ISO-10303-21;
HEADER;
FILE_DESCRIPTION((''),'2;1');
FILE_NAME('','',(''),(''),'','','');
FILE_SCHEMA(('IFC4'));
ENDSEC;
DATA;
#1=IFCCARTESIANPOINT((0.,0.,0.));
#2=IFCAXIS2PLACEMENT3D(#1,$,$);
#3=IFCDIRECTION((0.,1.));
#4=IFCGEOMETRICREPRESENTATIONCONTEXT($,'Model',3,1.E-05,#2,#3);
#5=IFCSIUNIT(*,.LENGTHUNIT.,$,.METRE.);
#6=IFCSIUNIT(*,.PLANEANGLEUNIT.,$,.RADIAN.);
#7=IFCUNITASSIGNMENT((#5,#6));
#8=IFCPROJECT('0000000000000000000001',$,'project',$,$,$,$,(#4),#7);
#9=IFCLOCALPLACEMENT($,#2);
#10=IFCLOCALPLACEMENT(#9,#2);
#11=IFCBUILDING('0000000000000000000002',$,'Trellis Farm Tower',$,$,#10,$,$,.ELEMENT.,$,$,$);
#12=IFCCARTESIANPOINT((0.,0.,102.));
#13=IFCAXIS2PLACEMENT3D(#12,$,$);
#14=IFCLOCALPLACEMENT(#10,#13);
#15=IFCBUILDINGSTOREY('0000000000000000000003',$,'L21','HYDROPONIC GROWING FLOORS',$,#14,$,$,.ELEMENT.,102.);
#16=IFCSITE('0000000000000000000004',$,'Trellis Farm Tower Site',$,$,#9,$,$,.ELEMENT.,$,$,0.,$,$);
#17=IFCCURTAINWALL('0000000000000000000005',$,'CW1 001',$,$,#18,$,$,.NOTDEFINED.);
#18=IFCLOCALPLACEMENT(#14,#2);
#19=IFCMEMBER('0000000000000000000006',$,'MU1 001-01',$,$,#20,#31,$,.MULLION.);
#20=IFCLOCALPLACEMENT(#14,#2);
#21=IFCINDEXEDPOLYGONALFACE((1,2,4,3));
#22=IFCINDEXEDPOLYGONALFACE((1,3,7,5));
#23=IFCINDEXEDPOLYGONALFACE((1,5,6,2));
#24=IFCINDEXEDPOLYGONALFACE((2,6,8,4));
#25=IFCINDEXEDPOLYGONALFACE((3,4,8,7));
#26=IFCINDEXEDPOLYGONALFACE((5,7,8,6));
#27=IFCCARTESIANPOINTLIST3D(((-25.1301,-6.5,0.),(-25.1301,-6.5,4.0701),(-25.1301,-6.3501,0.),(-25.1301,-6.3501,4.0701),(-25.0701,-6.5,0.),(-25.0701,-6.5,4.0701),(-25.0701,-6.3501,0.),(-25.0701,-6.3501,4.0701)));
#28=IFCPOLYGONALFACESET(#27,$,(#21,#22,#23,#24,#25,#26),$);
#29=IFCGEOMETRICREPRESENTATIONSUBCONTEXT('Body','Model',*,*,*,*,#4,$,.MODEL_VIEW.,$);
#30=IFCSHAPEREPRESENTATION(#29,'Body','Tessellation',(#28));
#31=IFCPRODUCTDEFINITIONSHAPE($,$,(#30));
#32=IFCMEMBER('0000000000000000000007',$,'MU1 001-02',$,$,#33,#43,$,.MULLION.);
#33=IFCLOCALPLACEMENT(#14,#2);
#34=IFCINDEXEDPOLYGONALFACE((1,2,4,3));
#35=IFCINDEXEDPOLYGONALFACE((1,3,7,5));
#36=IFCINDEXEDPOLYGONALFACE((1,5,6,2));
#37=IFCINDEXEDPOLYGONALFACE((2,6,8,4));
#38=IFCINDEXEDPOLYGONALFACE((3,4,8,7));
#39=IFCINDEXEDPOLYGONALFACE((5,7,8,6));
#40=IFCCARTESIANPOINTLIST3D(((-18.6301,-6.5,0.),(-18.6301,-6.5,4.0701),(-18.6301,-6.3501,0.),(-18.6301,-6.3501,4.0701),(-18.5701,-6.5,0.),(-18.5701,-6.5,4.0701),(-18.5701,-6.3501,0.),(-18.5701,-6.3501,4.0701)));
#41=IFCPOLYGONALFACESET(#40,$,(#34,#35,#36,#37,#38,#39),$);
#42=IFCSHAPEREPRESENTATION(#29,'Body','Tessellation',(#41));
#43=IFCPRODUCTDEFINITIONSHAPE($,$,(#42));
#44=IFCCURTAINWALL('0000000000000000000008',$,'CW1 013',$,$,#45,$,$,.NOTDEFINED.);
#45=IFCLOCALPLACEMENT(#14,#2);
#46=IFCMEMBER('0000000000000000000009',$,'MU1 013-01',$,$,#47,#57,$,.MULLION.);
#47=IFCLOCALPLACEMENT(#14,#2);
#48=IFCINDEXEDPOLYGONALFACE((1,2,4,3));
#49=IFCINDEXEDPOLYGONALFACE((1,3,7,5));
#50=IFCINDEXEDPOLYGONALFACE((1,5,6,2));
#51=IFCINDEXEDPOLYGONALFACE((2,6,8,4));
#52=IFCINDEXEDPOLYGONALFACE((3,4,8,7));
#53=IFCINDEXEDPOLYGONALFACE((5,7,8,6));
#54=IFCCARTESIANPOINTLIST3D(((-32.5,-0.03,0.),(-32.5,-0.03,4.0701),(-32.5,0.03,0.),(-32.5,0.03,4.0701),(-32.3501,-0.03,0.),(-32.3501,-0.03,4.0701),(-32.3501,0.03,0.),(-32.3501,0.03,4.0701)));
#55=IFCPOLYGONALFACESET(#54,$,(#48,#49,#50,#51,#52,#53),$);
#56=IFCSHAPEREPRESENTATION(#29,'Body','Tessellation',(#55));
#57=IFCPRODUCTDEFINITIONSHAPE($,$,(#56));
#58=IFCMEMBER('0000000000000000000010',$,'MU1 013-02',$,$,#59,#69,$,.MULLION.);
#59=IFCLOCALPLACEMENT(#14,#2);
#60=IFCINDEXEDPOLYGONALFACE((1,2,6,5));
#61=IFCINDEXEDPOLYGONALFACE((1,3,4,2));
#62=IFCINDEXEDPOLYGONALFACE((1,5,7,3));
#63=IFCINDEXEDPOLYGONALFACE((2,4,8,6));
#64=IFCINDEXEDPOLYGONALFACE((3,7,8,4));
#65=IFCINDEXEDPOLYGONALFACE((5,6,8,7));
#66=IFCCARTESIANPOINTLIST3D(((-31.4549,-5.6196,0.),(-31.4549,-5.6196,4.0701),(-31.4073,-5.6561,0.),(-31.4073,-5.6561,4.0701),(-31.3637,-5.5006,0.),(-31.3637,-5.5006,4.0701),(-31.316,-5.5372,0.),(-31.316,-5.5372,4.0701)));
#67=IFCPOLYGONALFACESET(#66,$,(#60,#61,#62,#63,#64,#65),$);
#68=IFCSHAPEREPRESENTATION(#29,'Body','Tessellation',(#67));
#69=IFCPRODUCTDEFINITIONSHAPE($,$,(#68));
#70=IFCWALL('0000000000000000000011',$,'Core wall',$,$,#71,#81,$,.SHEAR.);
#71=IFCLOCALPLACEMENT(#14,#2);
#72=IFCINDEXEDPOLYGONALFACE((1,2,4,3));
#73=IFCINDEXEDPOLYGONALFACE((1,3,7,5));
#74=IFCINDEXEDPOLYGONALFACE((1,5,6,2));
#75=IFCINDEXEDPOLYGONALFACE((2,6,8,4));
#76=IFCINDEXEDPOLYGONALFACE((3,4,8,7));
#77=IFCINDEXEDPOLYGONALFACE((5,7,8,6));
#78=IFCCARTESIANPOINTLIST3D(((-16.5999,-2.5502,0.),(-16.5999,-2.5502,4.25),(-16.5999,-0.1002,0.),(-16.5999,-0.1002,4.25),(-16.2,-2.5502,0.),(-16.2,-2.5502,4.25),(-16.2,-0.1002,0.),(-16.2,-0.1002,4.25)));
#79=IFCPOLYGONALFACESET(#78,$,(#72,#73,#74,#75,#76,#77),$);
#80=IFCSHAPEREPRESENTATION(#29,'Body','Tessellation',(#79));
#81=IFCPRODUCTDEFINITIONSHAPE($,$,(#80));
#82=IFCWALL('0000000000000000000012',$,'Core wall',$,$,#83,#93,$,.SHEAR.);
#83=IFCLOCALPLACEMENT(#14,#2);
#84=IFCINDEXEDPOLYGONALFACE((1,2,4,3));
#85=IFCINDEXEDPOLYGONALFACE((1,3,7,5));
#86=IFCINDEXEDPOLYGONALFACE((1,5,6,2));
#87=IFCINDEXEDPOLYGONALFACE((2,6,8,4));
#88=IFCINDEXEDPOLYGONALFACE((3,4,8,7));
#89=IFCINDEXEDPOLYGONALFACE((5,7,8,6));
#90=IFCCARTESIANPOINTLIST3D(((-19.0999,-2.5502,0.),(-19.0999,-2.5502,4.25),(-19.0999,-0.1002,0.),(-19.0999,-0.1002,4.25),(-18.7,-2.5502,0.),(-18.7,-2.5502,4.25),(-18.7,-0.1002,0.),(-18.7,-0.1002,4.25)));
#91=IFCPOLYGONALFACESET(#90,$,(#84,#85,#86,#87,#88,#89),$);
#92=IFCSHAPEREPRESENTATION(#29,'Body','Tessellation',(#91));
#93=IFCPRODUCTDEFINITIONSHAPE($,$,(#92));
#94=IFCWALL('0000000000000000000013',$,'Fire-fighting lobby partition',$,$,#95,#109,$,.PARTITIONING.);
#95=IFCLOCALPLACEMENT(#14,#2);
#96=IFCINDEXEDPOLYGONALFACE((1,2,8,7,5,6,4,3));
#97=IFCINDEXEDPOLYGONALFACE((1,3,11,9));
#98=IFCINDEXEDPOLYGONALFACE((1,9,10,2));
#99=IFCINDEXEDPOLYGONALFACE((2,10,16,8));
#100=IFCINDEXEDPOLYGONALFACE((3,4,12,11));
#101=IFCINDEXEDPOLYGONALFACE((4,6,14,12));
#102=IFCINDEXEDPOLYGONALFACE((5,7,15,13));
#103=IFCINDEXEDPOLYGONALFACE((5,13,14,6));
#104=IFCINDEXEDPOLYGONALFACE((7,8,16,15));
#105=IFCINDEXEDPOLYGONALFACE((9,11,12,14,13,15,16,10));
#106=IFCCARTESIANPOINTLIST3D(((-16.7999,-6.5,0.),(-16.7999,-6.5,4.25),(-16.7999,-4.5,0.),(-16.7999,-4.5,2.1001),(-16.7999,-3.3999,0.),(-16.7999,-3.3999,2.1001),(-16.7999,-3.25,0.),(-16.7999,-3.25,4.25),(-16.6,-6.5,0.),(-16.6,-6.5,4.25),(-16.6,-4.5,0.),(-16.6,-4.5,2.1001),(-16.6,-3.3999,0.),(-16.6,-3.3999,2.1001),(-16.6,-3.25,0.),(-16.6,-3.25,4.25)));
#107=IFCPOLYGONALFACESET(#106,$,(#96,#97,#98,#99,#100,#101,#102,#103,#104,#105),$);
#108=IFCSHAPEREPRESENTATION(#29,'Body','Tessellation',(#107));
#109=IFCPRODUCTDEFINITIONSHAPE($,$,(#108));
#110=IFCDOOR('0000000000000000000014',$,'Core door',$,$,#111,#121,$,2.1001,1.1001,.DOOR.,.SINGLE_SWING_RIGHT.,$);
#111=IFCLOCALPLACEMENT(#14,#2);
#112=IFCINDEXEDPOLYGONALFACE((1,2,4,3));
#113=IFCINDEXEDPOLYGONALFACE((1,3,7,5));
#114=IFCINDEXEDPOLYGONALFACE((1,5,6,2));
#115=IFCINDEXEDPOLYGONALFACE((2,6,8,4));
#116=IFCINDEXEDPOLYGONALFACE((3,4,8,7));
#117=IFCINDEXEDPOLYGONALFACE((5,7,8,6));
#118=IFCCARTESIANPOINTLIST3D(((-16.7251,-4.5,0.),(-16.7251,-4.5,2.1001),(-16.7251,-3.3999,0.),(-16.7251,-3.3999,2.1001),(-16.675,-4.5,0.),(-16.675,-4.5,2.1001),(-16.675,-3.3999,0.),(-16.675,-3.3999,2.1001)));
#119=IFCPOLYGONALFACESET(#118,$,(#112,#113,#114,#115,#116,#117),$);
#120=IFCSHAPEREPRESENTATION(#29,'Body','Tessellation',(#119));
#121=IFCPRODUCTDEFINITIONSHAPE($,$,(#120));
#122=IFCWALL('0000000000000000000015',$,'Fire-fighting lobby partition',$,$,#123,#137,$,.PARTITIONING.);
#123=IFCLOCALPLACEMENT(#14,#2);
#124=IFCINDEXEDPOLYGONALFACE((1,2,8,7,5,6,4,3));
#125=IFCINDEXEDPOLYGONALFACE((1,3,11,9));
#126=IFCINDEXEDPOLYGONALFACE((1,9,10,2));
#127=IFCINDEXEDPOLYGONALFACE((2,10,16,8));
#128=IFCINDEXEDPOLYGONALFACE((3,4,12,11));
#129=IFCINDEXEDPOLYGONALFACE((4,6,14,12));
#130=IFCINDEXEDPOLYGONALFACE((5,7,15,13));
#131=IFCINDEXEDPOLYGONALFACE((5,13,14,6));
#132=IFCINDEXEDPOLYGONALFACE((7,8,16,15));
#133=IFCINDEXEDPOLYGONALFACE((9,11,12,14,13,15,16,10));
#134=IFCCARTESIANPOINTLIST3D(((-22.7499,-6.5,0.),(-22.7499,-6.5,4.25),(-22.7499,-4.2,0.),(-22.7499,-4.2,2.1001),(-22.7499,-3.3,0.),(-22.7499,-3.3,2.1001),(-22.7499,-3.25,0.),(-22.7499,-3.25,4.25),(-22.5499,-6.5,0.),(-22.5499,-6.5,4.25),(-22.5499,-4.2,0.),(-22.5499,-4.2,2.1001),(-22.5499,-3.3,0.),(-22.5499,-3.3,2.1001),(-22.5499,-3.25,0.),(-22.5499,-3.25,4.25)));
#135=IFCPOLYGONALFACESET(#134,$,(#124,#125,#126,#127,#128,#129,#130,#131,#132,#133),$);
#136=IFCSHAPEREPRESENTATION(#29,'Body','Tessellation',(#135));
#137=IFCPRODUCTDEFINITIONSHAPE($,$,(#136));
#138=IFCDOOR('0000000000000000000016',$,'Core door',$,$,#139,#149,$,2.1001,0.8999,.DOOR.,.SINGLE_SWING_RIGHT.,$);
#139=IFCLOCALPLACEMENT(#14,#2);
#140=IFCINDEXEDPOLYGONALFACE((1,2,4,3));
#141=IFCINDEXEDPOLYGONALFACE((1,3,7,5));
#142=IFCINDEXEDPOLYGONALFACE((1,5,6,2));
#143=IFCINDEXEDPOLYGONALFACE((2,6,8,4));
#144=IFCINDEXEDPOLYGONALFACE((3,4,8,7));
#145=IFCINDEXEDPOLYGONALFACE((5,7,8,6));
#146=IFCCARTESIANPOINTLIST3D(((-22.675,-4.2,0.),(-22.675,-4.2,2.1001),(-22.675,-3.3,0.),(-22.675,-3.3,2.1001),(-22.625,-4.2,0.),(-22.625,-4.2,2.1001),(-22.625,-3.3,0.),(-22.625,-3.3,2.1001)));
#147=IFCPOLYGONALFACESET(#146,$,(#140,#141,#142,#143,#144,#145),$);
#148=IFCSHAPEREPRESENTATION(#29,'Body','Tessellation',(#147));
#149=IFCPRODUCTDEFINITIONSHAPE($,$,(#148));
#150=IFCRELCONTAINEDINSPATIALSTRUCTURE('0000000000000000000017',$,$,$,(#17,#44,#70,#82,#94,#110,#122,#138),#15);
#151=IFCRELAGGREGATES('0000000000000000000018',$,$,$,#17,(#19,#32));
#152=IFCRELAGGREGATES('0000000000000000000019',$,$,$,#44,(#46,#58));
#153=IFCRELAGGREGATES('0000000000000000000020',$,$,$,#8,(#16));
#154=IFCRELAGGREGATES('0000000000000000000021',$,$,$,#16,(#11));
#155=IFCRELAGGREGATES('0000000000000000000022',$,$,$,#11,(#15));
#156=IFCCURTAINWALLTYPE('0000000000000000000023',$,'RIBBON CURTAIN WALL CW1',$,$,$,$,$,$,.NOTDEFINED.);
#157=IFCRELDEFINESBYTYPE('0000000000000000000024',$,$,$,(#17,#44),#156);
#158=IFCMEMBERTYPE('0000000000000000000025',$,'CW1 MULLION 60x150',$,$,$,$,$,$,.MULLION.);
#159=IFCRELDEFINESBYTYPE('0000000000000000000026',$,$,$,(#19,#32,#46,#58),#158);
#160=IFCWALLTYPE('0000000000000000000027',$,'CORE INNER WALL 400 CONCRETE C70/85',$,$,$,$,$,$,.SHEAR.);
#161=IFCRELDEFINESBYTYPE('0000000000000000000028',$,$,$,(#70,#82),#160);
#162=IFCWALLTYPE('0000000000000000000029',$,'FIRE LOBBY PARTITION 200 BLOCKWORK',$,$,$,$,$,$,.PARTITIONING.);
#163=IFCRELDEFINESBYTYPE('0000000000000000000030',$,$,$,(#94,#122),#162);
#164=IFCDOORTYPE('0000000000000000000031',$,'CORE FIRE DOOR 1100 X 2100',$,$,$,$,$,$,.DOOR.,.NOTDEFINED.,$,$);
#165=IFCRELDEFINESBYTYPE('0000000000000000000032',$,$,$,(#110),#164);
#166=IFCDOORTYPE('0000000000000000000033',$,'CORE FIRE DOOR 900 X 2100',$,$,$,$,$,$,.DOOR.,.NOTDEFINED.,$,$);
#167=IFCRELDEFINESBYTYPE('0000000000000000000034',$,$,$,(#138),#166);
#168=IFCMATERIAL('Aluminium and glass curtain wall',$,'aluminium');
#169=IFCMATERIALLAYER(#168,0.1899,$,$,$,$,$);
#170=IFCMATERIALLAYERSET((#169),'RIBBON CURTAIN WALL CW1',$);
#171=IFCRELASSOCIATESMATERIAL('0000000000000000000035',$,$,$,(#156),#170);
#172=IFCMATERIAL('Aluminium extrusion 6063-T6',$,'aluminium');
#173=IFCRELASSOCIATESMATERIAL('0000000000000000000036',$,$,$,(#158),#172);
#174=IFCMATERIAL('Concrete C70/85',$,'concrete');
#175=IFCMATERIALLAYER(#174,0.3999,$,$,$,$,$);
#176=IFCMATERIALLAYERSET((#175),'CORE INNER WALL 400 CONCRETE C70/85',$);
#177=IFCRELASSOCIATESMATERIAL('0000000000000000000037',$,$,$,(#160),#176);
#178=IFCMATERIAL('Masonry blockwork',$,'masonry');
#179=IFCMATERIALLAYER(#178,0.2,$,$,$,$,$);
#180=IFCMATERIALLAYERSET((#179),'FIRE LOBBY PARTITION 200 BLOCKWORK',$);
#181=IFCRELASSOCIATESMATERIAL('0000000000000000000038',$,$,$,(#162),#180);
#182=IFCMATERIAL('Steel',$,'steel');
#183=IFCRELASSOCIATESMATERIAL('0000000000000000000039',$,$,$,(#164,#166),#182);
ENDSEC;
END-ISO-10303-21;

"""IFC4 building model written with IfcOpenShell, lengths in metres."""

from ifc_helpers import new_model, si_unit, direction, frame, frame_2d, origin, origin_2d, place, context, subcontext, project, spatial, rectangle, extrude, source, transform, mapped, material, layer, layer_set, material_profile, profile_set, type_object, element, fill, aggregate, save


model = new_model("IFC4")

# Units and contexts
model_context = context("Model", 3, precision=1e-05, world=origin(), true_north=direction((0.0, 1.0)))
body_context = subcontext(model_context, "Body", "Model", "MODEL_VIEW")
ifc_project = project(units=[si_unit("LENGTHUNIT", "METRE"), si_unit("PLANEANGLEUNIT", "RADIAN")], contexts=[model_context])

# Site, building, storey
site_placement = place(None, origin())
site = spatial("IfcSite", under=ifc_project, at=site_placement, Name="Trellis Farm Tower Site", CompositionType="ELEMENT", RefElevation=0.0)
building_placement = place(site_placement, origin())
building = spatial("IfcBuilding", under=site, at=building_placement, Name="Trellis Farm Tower", CompositionType="ELEMENT")
storey_placement = place(building_placement, frame((0.0, 0.0, 102.0)))
storey = spatial("IfcBuildingStorey", under=building, at=storey_placement, Name="L21", Description="HYDROPONIC GROWING FLOORS", CompositionType="ELEMENT", Elevation=102.0)

# Curtain walls, members
ifc_material_1 = material(Name="Aluminium and glass curtain wall", Category="aluminium")
ifc_layer_1 = layer(ifc_material_1, 0.1899)
ifc_layer_set_1 = layer_set([ifc_layer_1], Name="RIBBON CURTAIN WALL CW1")
curtain_wall_type = type_object("IfcCurtainWallType", Name="RIBBON CURTAIN WALL CW1", PredefinedType="NOTDEFINED", material=ifc_layer_set_1)
placement = place(storey_placement, origin())
curtain_wall_1 = element("IfcCurtainWall", 1, at=placement, inside=storey, type_object=curtain_wall_type, Name="CW1 001", PredefinedType="NOTDEFINED")
ifc_material_2 = material(Name="Aluminium extrusion 6063-T6", Category="aluminium")
ifc_material_profile_1 = material_profile(ifc_material_2, rectangle(XDim=0.0601, YDim=0.1499, at=origin_2d()), Name="MULLION 60x150")
ifc_profile_set_1 = profile_set([ifc_material_profile_1], Name="Aluminium extrusion 6063-T6")
member_type = type_object("IfcMemberType", Name="CW1 MULLION 60x150", PredefinedType="MULLION", material=ifc_profile_set_1)
shared_shape_1 = source(origin(), body_context, "Body", "SweptSolid", [
    extrude(rectangle(XDim=0.0601, YDim=0.1499, at=origin_2d()), origin(), (0.0, 0.0, 1.0), 4.0701),
])
member_1_placement = place(storey_placement, frame((-25.1001, -6.425, 0.0), z_axis=(0.0, 0.0, 1.0), x_axis=(1.0, 0.0, 0.0)))
member_1 = element("IfcMember", 2, at=member_1_placement, type_object=member_type, Name="MU1 001-01", PredefinedType="MULLION", context=body_context, shape_type="MappedRepresentation", body=[
    mapped(shared_shape_1, transform((0.0, 0.0, 0.0))),
])
member_2_placement = place(storey_placement, frame((-18.6001, -6.425, 0.0), z_axis=(0.0, 0.0, 1.0), x_axis=(1.0, 0.0, 0.0)))
member_2 = element("IfcMember", 3, at=member_2_placement, type_object=member_type, Name="MU1 001-02", PredefinedType="MULLION", context=body_context, shape_type="MappedRepresentation", body=[
    mapped(shared_shape_1, transform((0.0, 0.0, 0.0))),
])
aggregate(curtain_wall_1, [member_1, member_2])
curtain_wall_2 = element("IfcCurtainWall", 4, at=placement, inside=storey, type_object=curtain_wall_type, Name="CW1 013", PredefinedType="NOTDEFINED")
member_3_placement = place(storey_placement, frame((-32.425, 0.0, 0.0), z_axis=(0.0, 0.0, 1.0), x_axis=(0.0, -1.0, 0.0)))
member_3 = element("IfcMember", 5, at=member_3_placement, type_object=member_type, Name="MU1 013-01", PredefinedType="MULLION", context=body_context, shape_type="MappedRepresentation", body=[
    mapped(shared_shape_1, transform((0.0, 0.0, 0.0))),
])
member_4_placement = place(storey_placement, frame((-31.3855, -5.5784, 0.0), z_axis=(0.0, 0.0, 1.0), x_axis=(0.793353, -0.608761, 0.0)))
member_4 = element("IfcMember", 6, at=member_4_placement, type_object=member_type, Name="MU1 013-02", PredefinedType="MULLION", context=body_context, shape_type="MappedRepresentation", body=[
    mapped(shared_shape_1, transform((0.0, 0.0, 0.0))),
])
aggregate(curtain_wall_2, [member_3, member_4])

# Walls
ifc_material_3 = material(Name="Concrete C70/85", Category="concrete")
ifc_layer_2 = layer(ifc_material_3, 0.3999)
ifc_layer_set_2 = layer_set([ifc_layer_2], Name="CORE INNER WALL 400 CONCRETE C70/85")
wall_type_1 = type_object("IfcWallType", Name="CORE INNER WALL 400 CONCRETE C70/85", PredefinedType="SHEAR", material=ifc_layer_set_2)
shared_shape_2 = source(origin(), body_context, "Body", "SweptSolid", [
    extrude(rectangle(XDim=2.45, YDim=0.3999, at=frame_2d((1.2251, 0.0))), origin(), (0.0, 0.0, 1.0), 4.25),
])
for number, where, z_axis, x_axis, name in (
    (7, (-16.3999, -0.1001, 0.0), (0.0, 0.0, 1.0), (0.0, -1.0, 0.0), "Core wall"),
    (8, (-18.8999, -0.1001, 0.0), (0.0, 0.0, 1.0), (0.0, -1.0, 0.0), "Core wall"),
):
    element("IfcWall", number, at=place(storey_placement, frame(where, z_axis=z_axis, x_axis=x_axis)), inside=storey, type_object=wall_type_1, Name=name, PredefinedType="SHEAR", context=body_context, shape_type="MappedRepresentation", body=[
        mapped(shared_shape_2, transform((0.0, 0.0, 0.0))),
    ])

# Walls, openings, doors
ifc_material_4 = material(Name="Masonry blockwork", Category="masonry")
ifc_layer_3 = layer(ifc_material_4, 0.2)
ifc_layer_set_3 = layer_set([ifc_layer_3], Name="FIRE LOBBY PARTITION 200 BLOCKWORK")
wall_type_2 = type_object("IfcWallType", Name="FIRE LOBBY PARTITION 200 BLOCKWORK", PredefinedType="PARTITIONING", material=ifc_layer_set_3)
shared_shape_3 = source(origin(), body_context, "Body", "SweptSolid", [
    extrude(rectangle(XDim=3.25, YDim=0.2, at=frame_2d((1.625, 0.0))), origin(), (0.0, 0.0, 1.0), 4.25),
])
wall_1_placement = place(storey_placement, frame((-16.7, -3.25, 0.0), z_axis=(0.0, 0.0, 1.0), x_axis=(0.0, -1.0, 0.0)))
wall_1 = element("IfcWall", 9, at=wall_1_placement, inside=storey, type_object=wall_type_2, Name="Fire-fighting lobby partition", PredefinedType="PARTITIONING", context=body_context, shape_type="MappedRepresentation", body=[
    mapped(shared_shape_3, transform((0.0, 0.0, 0.0))),
])
shared_shape_4 = source(origin(), body_context, "Body", "SweptSolid", [
    extrude(rectangle(XDim=1.1001, YDim=2.1001, at=frame_2d((0.55, 1.05))), frame((0.0, 0.1101, 0.0), z_axis=(0.0, -1.0, 0.0), x_axis=(1.0, 0.0, 0.0)), (0.0, 0.0, 1.0), 0.2202),
])
opening_1_placement = place(wall_1_placement, frame((0.1499, 0.0, 0.0)))
opening_1 = element("IfcOpeningElement", 10, at=opening_1_placement, cuts=wall_1, PredefinedType="OPENING", context=body_context, shape_type="MappedRepresentation", body=[
    mapped(shared_shape_4, transform((0.0, 0.0, 0.0))),
])
ifc_material_5 = material(Name="Steel", Category="steel")
door_type_1 = type_object("IfcDoorType", Name="CORE FIRE DOOR 1100 X 2100", OperationType="NOTDEFINED", PredefinedType="DOOR", material=ifc_material_5)
shared_shape_5 = source(origin(), body_context, "Body", "SweptSolid", [
    extrude(rectangle(XDim=1.1001, YDim=2.1001, at=frame_2d((0.55, 1.05))), frame((0.0, 0.0249, 0.0), z_axis=(0.0, -1.0, 0.0), x_axis=(1.0, 0.0, 0.0)), (0.0, 0.0, 1.0), 0.05),
])
door_1_placement = place(opening_1_placement, origin())
door_1 = element("IfcDoor", 11, at=door_1_placement, inside=storey, type_object=door_type_1, Name="Core door", OperationType="SINGLE_SWING_RIGHT", OverallHeight=2.1001, OverallWidth=1.1001, PredefinedType="DOOR", context=body_context, shape_type="MappedRepresentation", body=[
    mapped(shared_shape_5, transform((0.0, 0.0, 0.0))),
])
fill(opening_1, door_1)
wall_2_placement = place(storey_placement, frame((-22.6499, -3.25, 0.0), z_axis=(0.0, 0.0, 1.0), x_axis=(0.0, -1.0, 0.0)))
wall_2 = element("IfcWall", 12, at=wall_2_placement, inside=storey, type_object=wall_type_2, Name="Fire-fighting lobby partition", PredefinedType="PARTITIONING", context=body_context, shape_type="MappedRepresentation", body=[
    mapped(shared_shape_3, transform((0.0, 0.0, 0.0))),
])
shared_shape_6 = source(origin(), body_context, "Body", "SweptSolid", [
    extrude(rectangle(XDim=0.8999, YDim=2.1001, at=frame_2d((0.45, 1.05))), frame((0.0, 0.1101, 0.0), z_axis=(0.0, -1.0, 0.0), x_axis=(1.0, 0.0, 0.0)), (0.0, 0.0, 1.0), 0.2202),
])
opening_2_placement = place(wall_2_placement, frame((0.05, 0.0, 0.0)))
opening_2 = element("IfcOpeningElement", 13, at=opening_2_placement, cuts=wall_2, PredefinedType="OPENING", context=body_context, shape_type="MappedRepresentation", body=[
    mapped(shared_shape_6, transform((0.0, 0.0, 0.0))),
])
door_type_2 = type_object("IfcDoorType", Name="CORE FIRE DOOR 900 X 2100", OperationType="NOTDEFINED", PredefinedType="DOOR", material=ifc_material_5)
shared_shape_7 = source(origin(), body_context, "Body", "SweptSolid", [
    extrude(rectangle(XDim=0.8999, YDim=2.1001, at=frame_2d((0.45, 1.05))), frame((0.0, 0.0249, 0.0), z_axis=(0.0, -1.0, 0.0), x_axis=(1.0, 0.0, 0.0)), (0.0, 0.0, 1.0), 0.05),
])
door_2_placement = place(opening_2_placement, origin())
door_2 = element("IfcDoor", 14, at=door_2_placement, inside=storey, type_object=door_type_2, Name="Core door", OperationType="SINGLE_SWING_RIGHT", OverallHeight=2.1001, OverallWidth=0.8999, PredefinedType="DOOR", context=body_context, shape_type="MappedRepresentation", body=[
    mapped(shared_shape_7, transform((0.0, 0.0, 0.0))),
])
fill(opening_2, door_2)

save(model, "model.ifc")
